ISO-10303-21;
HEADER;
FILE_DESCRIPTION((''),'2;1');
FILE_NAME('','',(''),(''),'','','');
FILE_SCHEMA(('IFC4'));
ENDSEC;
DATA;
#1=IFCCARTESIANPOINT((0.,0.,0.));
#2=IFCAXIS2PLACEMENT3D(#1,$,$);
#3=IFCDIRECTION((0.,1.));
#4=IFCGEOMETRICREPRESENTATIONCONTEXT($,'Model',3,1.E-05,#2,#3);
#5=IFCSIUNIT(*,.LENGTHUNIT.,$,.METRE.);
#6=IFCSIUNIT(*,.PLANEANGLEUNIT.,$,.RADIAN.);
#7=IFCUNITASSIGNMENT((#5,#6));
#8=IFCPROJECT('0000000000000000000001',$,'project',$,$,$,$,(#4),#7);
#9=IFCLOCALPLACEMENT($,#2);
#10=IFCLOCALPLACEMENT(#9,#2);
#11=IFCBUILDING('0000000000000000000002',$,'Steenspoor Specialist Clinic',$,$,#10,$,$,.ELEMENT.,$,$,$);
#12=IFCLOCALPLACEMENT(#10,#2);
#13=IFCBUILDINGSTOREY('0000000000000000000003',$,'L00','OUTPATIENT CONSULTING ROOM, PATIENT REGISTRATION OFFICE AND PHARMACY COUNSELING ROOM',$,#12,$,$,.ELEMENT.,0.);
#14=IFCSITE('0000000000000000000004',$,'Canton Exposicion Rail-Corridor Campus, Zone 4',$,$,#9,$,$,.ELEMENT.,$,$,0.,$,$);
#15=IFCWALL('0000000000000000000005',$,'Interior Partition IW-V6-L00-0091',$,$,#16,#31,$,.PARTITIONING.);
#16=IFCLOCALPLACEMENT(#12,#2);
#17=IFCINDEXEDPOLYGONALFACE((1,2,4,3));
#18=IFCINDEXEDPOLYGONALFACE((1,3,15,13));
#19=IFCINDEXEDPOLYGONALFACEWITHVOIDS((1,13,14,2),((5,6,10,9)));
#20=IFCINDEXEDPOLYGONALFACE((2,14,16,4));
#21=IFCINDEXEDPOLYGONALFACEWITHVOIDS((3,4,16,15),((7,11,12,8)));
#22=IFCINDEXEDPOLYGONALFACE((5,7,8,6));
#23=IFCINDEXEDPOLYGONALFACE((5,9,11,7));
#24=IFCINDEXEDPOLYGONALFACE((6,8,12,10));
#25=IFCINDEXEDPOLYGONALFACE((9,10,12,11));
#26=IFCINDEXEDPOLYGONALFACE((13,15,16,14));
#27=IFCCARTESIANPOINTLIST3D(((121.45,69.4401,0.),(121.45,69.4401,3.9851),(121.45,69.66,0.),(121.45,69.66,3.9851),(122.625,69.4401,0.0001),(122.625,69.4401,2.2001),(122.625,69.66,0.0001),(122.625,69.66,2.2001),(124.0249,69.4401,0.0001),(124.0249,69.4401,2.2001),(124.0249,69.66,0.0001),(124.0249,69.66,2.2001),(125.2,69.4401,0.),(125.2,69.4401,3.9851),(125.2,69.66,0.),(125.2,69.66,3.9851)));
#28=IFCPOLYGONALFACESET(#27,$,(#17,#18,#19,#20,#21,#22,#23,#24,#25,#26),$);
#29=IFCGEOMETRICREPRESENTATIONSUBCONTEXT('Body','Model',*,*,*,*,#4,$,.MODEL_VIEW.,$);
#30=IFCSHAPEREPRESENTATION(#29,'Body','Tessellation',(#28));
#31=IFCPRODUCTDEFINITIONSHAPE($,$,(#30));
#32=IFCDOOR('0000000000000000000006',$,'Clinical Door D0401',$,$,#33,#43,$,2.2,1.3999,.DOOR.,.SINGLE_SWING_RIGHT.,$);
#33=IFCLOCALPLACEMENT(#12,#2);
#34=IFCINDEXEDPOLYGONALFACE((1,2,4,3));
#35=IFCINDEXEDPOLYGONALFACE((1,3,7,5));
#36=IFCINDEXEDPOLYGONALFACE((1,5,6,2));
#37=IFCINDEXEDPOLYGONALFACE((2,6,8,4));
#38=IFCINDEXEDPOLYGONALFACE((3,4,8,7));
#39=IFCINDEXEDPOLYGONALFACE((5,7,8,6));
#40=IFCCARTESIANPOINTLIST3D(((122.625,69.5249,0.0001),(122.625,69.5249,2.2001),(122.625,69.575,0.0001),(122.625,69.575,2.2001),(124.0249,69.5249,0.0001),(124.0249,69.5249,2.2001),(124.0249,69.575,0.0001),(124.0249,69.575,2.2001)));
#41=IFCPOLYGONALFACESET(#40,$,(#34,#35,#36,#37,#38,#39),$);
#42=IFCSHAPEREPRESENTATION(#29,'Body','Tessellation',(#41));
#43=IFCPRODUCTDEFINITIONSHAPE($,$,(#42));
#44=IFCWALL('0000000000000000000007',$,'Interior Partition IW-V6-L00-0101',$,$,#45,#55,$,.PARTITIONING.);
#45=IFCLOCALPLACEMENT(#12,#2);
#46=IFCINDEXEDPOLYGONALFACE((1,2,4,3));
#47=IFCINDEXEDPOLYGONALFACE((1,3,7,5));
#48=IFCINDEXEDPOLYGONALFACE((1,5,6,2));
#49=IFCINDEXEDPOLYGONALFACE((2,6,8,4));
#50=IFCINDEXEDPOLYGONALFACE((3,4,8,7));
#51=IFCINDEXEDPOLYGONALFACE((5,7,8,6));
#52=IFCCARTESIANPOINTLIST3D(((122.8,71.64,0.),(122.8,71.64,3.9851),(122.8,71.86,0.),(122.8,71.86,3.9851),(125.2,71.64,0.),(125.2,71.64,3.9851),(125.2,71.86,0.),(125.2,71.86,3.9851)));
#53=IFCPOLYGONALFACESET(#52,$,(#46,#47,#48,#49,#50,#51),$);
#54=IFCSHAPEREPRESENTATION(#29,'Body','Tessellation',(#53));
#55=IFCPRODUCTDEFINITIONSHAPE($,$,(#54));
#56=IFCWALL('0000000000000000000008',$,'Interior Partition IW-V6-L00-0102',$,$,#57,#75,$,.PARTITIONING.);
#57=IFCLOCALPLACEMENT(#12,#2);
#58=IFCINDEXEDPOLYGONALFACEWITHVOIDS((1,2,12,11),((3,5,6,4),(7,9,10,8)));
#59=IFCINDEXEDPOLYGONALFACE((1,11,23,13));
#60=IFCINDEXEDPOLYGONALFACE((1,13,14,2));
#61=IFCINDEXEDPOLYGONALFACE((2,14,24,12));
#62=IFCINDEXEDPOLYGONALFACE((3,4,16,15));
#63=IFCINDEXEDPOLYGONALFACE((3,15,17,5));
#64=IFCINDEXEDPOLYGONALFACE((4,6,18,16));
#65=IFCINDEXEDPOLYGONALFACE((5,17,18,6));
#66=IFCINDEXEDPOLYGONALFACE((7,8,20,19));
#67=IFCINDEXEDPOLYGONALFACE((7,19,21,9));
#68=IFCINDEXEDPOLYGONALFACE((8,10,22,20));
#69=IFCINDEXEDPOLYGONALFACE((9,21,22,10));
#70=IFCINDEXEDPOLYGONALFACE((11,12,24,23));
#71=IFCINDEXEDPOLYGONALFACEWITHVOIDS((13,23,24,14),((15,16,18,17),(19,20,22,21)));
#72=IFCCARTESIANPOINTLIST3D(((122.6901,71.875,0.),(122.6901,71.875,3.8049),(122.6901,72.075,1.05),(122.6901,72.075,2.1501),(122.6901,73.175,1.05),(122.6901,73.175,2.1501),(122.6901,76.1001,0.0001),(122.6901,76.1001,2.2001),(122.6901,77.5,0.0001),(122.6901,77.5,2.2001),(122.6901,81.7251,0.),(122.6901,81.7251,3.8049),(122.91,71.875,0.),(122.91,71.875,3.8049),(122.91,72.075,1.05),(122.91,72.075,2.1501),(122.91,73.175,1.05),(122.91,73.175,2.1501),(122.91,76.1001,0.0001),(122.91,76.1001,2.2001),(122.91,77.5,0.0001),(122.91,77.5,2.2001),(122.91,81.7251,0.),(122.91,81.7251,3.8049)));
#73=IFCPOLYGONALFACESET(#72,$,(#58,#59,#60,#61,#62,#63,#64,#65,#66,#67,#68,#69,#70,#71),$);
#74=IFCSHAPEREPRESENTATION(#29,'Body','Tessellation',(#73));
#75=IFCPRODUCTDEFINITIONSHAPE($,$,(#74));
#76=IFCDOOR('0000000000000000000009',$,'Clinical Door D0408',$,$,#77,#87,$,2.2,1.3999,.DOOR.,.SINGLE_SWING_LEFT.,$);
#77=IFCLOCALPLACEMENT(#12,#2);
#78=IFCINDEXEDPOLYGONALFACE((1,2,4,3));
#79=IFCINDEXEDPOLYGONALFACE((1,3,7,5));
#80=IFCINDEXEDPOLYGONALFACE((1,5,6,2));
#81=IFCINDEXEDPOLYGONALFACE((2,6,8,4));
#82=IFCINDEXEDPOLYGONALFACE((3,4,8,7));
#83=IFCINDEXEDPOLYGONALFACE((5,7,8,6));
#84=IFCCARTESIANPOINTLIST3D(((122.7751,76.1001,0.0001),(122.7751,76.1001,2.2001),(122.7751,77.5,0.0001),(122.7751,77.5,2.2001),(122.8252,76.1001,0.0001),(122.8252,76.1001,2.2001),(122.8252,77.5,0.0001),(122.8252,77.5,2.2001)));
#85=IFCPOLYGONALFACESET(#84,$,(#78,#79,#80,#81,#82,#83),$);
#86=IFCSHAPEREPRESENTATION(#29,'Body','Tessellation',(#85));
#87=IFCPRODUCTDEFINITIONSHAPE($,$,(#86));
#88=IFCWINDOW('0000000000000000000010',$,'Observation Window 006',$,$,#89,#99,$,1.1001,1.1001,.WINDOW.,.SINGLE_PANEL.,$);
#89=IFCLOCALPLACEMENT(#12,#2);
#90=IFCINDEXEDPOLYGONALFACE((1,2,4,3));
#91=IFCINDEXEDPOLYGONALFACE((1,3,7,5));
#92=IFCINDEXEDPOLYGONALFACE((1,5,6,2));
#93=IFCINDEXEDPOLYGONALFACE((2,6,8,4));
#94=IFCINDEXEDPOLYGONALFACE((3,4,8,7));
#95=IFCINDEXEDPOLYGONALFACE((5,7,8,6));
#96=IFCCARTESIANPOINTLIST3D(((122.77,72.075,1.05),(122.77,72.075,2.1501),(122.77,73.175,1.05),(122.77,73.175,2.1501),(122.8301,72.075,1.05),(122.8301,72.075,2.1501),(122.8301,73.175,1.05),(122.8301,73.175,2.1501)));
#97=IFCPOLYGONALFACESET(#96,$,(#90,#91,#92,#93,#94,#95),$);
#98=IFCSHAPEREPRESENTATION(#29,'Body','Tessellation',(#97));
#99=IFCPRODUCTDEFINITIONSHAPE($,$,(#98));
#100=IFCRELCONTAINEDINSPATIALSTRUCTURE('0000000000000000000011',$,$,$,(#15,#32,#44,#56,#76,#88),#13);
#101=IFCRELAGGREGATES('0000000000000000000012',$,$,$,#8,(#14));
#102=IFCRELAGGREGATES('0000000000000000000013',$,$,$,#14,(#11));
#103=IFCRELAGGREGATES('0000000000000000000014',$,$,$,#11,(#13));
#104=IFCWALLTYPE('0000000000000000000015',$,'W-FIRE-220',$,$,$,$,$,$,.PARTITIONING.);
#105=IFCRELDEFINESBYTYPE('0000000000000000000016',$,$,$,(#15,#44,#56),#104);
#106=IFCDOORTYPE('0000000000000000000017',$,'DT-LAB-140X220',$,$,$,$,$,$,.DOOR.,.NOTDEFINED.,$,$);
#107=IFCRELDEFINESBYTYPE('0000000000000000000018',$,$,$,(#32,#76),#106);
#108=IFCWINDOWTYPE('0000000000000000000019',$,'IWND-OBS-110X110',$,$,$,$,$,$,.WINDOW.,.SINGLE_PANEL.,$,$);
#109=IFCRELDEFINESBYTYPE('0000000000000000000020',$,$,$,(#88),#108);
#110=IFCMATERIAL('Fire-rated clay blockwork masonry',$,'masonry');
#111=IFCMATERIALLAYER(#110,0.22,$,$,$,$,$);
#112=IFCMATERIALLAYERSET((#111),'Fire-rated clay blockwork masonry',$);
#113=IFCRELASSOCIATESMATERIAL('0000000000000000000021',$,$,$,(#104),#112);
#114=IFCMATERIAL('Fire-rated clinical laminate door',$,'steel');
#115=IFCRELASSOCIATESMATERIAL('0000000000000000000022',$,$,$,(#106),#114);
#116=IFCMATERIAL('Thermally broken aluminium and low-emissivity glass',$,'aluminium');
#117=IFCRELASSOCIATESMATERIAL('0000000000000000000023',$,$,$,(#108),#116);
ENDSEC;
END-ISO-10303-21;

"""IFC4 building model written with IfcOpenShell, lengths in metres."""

from ifc_helpers import new_model, si_unit, direction, frame, frame_2d, origin, place, context, subcontext, project, spatial, rectangle, extrude, material, layer, layer_set, type_object, element, fill, save


model = new_model("IFC4")

# Units and contexts
model_context = context("Model", 3, precision=1e-05, world=origin(), true_north=direction((0.0, 1.0)))
body_context = subcontext(model_context, "Body", "Model", "MODEL_VIEW")
ifc_project = project(units=[si_unit("LENGTHUNIT", "METRE"), si_unit("PLANEANGLEUNIT", "RADIAN")], contexts=[model_context])

# Site, building, storey
site_placement = place(None, origin())
site = spatial("IfcSite", under=ifc_project, at=site_placement, Name="Canton Exposicion Rail-Corridor Campus, Zone 4", CompositionType="ELEMENT", RefElevation=0.0)
building_placement = place(site_placement, origin())
building = spatial("IfcBuilding", under=site, at=building_placement, Name="Steenspoor Specialist Clinic", CompositionType="ELEMENT")
storey_placement = place(building_placement, origin())
storey = spatial("IfcBuildingStorey", under=building, at=storey_placement, Name="L00", Description="OUTPATIENT CONSULTING ROOM, PATIENT REGISTRATION OFFICE AND PHARMACY COUNSELING ROOM", CompositionType="ELEMENT", Elevation=0.0)

# Shared definitions
ifc_material_1 = material(Name="Thermally broken aluminium and low-emissivity glass", Category="aluminium")

# Wall, opening, door
ifc_material_2 = material(Name="Fire-rated clay blockwork masonry", Category="masonry")
ifc_layer_1 = layer(ifc_material_2, 0.22)
ifc_layer_set_1 = layer_set([ifc_layer_1], Name="Fire-rated clay blockwork masonry")
wall_type_1 = type_object("IfcWallType", Name="W-FIRE-220", PredefinedType="PARTITIONING", material=ifc_layer_set_1)
wall_1_placement = place(storey_placement, frame((121.45, 69.55, 0.0), z_axis=(0.0, 0.0, 1.0), x_axis=(1.0, 0.0, 0.0)))
wall_1 = element("IfcWall", 1, at=wall_1_placement, inside=storey, type_object=wall_type_1, Name="Interior Partition IW-V6-L00-0091", PredefinedType="PARTITIONING", context=body_context, shape_type="SweptSolid", body=[
    extrude(rectangle(XDim=3.75, YDim=0.22, at=frame_2d((1.875, 0.0))), origin(), (0.0, 0.0, 1.0), 3.9851),
])
opening_1_placement = place(wall_1_placement, frame((1.175, 0.0, 0.0)))
opening_1 = element("IfcOpeningElement", 2, at=opening_1_placement, cuts=wall_1, PredefinedType="OPENING", context=body_context, shape_type="SweptSolid", body=[
    extrude(rectangle(XDim=1.3999, YDim=2.2, at=frame_2d((0.7, 1.1001))), frame((0.0, 0.1201, 0.0), z_axis=(0.0, -1.0, 0.0), x_axis=(1.0, 0.0, 0.0)), (0.0, 0.0, 1.0), 0.24),
])
ifc_material_3 = material(Name="Fire-rated clinical laminate door", Category="steel")
door_type_1 = type_object("IfcDoorType", Name="DT-LAB-140X220", OperationType="NOTDEFINED", PredefinedType="DOOR", material=ifc_material_3)
door_1_placement = place(opening_1_placement, origin())
door_1 = element("IfcDoor", 3, at=door_1_placement, inside=storey, type_object=door_type_1, Name="Clinical Door D0401", OperationType="SINGLE_SWING_RIGHT", OverallHeight=2.2, OverallWidth=1.3999, PredefinedType="DOOR", context=body_context, shape_type="SweptSolid", body=[
    extrude(rectangle(XDim=1.3999, YDim=2.2, at=frame_2d((0.7, 1.1001))), frame((0.0, 0.0249, 0.0), z_axis=(0.0, -1.0, 0.0), x_axis=(1.0, 0.0, 0.0)), (0.0, 0.0, 1.0), 0.05),
])
fill(opening_1, door_1)

# Wall
wall_2_placement = place(storey_placement, frame((122.8, 71.75, 0.0), z_axis=(0.0, 0.0, 1.0), x_axis=(1.0, 0.0, 0.0)))
element("IfcWall", 4, at=wall_2_placement, inside=storey, type_object=wall_type_1, Name="Interior Partition IW-V6-L00-0101", PredefinedType="PARTITIONING", context=body_context, shape_type="SweptSolid", body=[
    extrude(rectangle(XDim=2.3999, YDim=0.22, at=frame_2d((1.2, 0.0))), origin(), (0.0, 0.0, 1.0), 3.9851),
])

# Wall, openings, door, window
wall_3_placement = place(storey_placement, frame((122.8, 71.875, 0.0), z_axis=(0.0, 0.0, 1.0), x_axis=(0.0, 1.0, 0.0)))
wall_3 = element("IfcWall", 5, at=wall_3_placement, inside=storey, type_object=wall_type_1, Name="Interior Partition IW-V6-L00-0102", PredefinedType="PARTITIONING", context=body_context, shape_type="SweptSolid", body=[
    extrude(rectangle(XDim=9.8501, YDim=0.22, at=frame_2d((4.925, 0.0))), origin(), (0.0, 0.0, 1.0), 3.8049),
])
opening_2_placement = place(wall_3_placement, frame((4.2251, 0.0, 0.0)))
opening_2 = element("IfcOpeningElement", 6, at=opening_2_placement, cuts=wall_3, PredefinedType="OPENING", context=body_context, shape_type="SweptSolid", body=[
    extrude(rectangle(XDim=1.3999, YDim=2.2, at=frame_2d((0.7, 1.1001))), frame((0.0, 0.1201, 0.0), z_axis=(0.0, -1.0, 0.0), x_axis=(1.0, 0.0, 0.0)), (0.0, 0.0, 1.0), 0.24),
])
opening_3_placement = place(wall_3_placement, frame((0.2, 0.0, 1.05)))
opening_3 = element("IfcOpeningElement", 7, at=opening_3_placement, cuts=wall_3, PredefinedType="OPENING", context=body_context, shape_type="SweptSolid", body=[
    extrude(rectangle(XDim=1.1001, YDim=1.1001, at=frame_2d((0.55, 0.55))), frame((0.0, 0.1201, 0.0), z_axis=(0.0, -1.0, 0.0), x_axis=(1.0, 0.0, 0.0)), (0.0, 0.0, 1.0), 0.24),
])
door_2_placement = place(opening_2_placement, origin())
door_2 = element("IfcDoor", 8, at=door_2_placement, inside=storey, type_object=door_type_1, Name="Clinical Door D0408", OperationType="SINGLE_SWING_LEFT", OverallHeight=2.2, OverallWidth=1.3999, PredefinedType="DOOR", context=body_context, shape_type="SweptSolid", body=[
    extrude(rectangle(XDim=1.3999, YDim=2.2, at=frame_2d((0.7, 1.1001))), frame((0.0, 0.0249, 0.0), z_axis=(0.0, -1.0, 0.0), x_axis=(1.0, 0.0, 0.0)), (0.0, 0.0, 1.0), 0.05),
])
fill(opening_2, door_2)
window_type = type_object("IfcWindowType", Name="IWND-OBS-110X110", PartitioningType="SINGLE_PANEL", PredefinedType="WINDOW", material=ifc_material_1)
window_placement = place(opening_3_placement, origin())
window = element("IfcWindow", 9, at=window_placement, inside=storey, type_object=window_type, Name="Observation Window 006", OverallHeight=1.1001, OverallWidth=1.1001, PartitioningType="SINGLE_PANEL", PredefinedType="WINDOW", context=body_context, shape_type="SweptSolid", body=[
    extrude(rectangle(XDim=1.1001, YDim=1.1001, at=frame_2d((0.55, 0.55))), frame((0.0, 0.03, 0.0), z_axis=(0.0, -1.0, 0.0), x_axis=(1.0, 0.0, 0.0)), (0.0, 0.0, 1.0), 0.0601),
])
fill(opening_3, window)

save(model, "model.ifc")
